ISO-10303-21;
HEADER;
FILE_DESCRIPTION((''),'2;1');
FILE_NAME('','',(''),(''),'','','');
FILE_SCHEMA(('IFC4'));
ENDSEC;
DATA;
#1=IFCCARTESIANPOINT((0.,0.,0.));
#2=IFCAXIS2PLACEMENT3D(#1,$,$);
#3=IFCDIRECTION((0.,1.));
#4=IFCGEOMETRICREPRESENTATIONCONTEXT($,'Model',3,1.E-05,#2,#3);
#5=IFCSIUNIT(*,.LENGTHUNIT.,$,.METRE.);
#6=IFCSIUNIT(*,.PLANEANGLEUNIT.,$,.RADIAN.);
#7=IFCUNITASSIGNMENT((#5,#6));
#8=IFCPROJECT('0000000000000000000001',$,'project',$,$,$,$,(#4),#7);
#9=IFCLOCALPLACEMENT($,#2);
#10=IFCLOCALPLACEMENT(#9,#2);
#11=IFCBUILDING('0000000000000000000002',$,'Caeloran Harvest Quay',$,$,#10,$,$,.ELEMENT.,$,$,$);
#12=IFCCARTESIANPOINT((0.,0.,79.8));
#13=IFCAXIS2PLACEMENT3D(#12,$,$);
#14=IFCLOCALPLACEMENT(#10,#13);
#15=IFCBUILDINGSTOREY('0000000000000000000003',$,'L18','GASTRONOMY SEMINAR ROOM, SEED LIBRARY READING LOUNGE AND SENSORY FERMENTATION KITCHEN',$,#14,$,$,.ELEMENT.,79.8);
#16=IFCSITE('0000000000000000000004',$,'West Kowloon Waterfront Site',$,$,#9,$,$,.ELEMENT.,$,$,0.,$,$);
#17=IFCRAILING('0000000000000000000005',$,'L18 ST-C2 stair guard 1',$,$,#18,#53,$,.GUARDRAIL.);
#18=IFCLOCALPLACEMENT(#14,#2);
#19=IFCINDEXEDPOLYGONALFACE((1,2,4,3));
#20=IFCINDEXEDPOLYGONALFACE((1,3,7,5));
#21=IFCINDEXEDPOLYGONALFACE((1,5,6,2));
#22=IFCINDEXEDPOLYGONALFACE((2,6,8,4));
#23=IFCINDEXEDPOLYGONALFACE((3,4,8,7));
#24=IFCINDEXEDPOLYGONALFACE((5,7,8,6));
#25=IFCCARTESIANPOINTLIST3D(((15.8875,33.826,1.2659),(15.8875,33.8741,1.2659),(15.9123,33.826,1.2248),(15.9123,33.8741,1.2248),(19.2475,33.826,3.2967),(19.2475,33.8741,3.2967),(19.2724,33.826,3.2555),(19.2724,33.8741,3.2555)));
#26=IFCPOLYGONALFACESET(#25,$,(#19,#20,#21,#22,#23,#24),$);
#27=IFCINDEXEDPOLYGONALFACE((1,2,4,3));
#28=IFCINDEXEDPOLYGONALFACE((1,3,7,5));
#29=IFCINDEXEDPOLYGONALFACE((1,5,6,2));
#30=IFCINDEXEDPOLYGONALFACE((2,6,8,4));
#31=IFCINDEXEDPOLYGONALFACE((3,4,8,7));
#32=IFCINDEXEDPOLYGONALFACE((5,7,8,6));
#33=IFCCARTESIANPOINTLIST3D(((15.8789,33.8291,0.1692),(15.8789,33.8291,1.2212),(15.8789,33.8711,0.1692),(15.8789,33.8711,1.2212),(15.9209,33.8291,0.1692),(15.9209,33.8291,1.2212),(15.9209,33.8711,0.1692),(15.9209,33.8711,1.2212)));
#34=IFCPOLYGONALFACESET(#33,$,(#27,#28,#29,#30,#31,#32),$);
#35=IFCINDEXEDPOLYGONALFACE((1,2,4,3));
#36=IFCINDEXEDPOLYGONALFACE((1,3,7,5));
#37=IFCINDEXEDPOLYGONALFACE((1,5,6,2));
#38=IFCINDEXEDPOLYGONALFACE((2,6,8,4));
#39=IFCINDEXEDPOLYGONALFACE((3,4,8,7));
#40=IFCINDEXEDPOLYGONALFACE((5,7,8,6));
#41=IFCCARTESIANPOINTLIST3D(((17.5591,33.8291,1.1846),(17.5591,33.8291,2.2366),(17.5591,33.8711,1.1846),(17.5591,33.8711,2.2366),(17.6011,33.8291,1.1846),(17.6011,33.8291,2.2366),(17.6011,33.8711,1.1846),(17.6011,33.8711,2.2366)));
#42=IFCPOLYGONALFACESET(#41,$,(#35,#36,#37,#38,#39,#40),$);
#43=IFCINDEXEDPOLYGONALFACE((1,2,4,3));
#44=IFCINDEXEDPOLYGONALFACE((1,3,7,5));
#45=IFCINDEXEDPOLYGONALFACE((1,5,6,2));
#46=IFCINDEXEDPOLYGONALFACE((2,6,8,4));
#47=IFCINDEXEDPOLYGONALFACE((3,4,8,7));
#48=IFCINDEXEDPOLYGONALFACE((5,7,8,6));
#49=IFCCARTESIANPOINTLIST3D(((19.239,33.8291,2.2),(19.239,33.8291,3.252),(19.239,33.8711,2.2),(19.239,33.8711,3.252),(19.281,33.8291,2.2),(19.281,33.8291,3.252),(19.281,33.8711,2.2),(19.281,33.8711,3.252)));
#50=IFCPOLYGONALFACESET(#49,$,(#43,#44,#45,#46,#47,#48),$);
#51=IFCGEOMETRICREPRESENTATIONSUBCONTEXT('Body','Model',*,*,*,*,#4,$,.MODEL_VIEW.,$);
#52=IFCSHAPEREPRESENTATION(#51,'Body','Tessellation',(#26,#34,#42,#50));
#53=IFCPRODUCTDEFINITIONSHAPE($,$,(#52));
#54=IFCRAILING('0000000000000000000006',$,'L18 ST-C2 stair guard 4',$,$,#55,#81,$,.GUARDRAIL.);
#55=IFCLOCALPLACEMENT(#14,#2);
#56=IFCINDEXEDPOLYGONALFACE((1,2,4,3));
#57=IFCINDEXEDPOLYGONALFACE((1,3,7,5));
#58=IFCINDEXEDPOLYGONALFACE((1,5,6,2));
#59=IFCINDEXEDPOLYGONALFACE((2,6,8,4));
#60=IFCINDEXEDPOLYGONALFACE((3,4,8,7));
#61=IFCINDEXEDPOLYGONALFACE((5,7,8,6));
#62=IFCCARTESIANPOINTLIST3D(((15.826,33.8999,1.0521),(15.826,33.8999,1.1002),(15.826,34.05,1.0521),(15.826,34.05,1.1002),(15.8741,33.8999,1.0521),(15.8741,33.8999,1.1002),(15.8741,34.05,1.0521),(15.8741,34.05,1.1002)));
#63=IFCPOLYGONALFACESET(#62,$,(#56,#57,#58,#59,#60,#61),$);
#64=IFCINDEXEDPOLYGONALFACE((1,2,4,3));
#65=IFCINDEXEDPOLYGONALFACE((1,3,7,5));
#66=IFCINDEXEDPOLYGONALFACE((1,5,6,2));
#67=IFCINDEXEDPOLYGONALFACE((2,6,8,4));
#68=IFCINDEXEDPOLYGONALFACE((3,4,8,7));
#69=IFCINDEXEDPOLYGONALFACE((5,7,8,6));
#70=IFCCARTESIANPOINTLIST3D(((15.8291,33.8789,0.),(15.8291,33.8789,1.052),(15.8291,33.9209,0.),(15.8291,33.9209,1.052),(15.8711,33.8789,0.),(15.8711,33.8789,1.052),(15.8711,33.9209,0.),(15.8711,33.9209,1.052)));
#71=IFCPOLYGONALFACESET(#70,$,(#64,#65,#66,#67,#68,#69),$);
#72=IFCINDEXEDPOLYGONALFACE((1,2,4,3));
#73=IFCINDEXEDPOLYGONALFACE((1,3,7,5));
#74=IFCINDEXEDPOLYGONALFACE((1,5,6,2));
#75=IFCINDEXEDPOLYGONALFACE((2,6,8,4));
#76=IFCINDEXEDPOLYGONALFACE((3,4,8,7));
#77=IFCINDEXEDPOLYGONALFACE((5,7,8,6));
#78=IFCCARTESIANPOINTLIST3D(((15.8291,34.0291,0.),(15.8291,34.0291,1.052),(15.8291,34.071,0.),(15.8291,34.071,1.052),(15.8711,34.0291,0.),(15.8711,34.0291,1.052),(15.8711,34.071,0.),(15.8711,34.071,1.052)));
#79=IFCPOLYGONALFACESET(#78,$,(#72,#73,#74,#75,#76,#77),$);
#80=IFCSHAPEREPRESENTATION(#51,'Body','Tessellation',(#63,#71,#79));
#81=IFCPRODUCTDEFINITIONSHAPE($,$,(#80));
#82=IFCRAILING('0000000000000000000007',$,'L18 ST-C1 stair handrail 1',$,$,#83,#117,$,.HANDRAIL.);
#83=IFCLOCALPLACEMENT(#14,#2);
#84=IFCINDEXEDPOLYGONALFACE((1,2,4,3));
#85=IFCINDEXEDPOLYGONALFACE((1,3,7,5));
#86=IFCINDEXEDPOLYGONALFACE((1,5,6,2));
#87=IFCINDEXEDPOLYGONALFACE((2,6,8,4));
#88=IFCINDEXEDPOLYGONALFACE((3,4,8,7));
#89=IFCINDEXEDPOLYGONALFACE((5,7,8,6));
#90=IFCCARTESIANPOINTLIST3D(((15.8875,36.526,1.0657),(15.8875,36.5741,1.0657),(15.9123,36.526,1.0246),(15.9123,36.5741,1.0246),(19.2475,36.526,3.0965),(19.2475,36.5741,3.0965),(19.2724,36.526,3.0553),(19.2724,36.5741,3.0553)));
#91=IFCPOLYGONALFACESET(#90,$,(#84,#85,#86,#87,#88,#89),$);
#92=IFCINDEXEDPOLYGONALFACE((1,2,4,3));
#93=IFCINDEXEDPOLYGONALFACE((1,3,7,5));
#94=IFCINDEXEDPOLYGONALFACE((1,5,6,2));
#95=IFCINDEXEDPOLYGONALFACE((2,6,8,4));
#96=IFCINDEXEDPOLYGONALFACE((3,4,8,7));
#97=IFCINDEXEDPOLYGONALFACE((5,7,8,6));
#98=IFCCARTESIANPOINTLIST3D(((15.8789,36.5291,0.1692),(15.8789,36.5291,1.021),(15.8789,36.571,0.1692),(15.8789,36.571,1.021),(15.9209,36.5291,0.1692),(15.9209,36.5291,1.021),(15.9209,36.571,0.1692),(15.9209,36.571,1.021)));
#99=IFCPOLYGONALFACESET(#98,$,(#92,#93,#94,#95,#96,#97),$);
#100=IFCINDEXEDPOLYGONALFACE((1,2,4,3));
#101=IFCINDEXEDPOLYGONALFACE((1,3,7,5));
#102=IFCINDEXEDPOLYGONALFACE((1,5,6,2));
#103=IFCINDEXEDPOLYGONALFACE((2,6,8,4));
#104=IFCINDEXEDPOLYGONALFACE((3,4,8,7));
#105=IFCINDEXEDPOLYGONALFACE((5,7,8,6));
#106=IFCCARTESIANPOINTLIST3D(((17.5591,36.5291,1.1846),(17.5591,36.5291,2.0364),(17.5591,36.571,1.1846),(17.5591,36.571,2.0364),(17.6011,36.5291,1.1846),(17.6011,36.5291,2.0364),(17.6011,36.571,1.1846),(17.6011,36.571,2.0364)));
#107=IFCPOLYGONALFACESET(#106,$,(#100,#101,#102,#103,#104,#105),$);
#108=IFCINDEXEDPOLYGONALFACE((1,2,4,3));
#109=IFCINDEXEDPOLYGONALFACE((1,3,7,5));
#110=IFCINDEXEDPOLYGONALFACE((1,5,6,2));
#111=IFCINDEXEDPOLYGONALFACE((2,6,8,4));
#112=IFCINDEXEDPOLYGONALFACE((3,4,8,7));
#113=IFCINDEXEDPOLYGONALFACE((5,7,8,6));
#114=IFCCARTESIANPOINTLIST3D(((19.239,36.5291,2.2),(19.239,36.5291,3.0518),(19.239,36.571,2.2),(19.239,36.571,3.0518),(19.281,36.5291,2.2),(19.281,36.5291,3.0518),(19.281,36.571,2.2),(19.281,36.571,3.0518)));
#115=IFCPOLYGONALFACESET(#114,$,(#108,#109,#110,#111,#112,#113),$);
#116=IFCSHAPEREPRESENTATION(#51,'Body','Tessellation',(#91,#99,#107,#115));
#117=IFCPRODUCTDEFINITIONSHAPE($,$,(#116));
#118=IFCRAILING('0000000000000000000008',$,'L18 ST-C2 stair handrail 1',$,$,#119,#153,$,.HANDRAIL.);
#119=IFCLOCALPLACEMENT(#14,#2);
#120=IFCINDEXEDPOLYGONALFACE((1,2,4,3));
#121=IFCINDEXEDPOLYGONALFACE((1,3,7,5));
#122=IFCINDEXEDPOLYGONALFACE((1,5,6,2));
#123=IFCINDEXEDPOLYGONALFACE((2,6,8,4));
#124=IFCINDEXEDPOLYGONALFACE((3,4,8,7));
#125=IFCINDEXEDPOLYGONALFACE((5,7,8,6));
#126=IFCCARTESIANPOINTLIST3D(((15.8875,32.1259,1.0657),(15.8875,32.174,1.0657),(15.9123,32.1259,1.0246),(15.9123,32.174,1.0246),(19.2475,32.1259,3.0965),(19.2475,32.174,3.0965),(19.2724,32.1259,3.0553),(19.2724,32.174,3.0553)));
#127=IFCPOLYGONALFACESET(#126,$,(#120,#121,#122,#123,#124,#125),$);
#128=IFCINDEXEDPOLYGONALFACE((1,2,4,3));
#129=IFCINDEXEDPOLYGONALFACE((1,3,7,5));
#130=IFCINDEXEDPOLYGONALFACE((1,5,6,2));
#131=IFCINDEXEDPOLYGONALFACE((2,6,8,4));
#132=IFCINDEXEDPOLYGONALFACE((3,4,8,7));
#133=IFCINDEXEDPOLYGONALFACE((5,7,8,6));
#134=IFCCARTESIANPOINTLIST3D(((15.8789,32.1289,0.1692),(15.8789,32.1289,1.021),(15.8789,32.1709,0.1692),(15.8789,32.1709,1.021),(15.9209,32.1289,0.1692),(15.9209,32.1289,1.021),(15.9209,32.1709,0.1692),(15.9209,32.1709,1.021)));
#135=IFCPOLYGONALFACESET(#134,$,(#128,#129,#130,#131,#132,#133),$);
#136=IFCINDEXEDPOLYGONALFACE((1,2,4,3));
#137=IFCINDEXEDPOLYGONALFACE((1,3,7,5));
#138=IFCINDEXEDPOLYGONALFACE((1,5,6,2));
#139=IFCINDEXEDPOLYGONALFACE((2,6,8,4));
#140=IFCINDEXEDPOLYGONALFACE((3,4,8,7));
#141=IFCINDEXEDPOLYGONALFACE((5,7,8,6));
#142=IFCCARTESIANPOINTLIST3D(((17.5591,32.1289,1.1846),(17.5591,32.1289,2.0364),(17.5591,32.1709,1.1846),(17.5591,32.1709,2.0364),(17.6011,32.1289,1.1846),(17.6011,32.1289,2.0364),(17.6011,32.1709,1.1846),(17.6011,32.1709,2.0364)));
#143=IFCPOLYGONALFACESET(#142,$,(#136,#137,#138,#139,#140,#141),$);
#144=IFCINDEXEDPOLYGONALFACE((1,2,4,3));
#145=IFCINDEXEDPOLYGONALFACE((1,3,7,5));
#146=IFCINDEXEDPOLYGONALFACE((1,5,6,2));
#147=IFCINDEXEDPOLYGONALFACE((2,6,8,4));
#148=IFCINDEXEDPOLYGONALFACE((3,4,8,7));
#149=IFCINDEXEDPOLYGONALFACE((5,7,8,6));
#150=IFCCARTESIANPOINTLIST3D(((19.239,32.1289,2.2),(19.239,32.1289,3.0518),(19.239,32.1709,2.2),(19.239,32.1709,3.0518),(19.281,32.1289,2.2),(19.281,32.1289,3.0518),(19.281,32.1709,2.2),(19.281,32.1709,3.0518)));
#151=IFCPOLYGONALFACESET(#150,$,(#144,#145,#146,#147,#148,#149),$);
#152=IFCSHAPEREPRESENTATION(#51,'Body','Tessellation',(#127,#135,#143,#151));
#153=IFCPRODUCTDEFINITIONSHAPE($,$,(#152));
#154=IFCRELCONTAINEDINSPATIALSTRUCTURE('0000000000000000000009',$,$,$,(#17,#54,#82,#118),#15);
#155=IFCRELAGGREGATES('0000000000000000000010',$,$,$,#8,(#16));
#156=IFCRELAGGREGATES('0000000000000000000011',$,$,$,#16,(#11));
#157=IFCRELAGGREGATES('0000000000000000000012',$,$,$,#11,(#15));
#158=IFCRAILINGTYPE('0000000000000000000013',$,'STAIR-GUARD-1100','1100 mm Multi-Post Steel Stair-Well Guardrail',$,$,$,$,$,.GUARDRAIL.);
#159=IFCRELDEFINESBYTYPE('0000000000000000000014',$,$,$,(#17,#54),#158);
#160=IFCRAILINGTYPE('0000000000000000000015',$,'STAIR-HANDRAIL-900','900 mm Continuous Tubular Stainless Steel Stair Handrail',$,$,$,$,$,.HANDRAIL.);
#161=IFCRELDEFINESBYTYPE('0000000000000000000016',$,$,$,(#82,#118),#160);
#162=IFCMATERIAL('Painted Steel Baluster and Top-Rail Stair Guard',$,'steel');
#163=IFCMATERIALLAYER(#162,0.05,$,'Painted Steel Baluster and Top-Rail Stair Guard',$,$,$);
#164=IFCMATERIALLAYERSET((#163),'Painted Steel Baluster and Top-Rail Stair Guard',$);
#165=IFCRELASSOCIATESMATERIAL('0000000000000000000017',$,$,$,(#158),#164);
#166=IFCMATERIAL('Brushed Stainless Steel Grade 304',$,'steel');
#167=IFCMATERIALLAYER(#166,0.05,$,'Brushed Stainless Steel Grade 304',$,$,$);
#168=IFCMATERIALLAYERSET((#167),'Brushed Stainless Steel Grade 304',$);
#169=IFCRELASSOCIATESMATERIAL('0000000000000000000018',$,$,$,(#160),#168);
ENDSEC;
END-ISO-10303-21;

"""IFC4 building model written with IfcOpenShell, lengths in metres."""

from ifc_helpers import new_model, si_unit, direction, frame, origin, origin_2d, place, context, subcontext, project, spatial, rectangle, extrude, material, layer, layer_set, type_object, element, save


model = new_model("IFC4")

# Units and contexts
model_context = context("Model", 3, precision=1e-05, world=origin(), true_north=direction((0.0, 1.0)))
body_context = subcontext(model_context, "Body", "Model", "MODEL_VIEW")
ifc_project = project(units=[si_unit("LENGTHUNIT", "METRE"), si_unit("PLANEANGLEUNIT", "RADIAN")], contexts=[model_context])

# Site, building, storey
site_placement = place(None, origin())
site = spatial("IfcSite", under=ifc_project, at=site_placement, Name="West Kowloon Waterfront Site", CompositionType="ELEMENT", RefElevation=0.0)
building_placement = place(site_placement, origin())
building = spatial("IfcBuilding", under=site, at=building_placement, Name="Caeloran Harvest Quay", CompositionType="ELEMENT")
storey_placement = place(building_placement, frame((0.0, 0.0, 79.8)))
storey = spatial("IfcBuildingStorey", under=building, at=storey_placement, Name="L18", Description="GASTRONOMY SEMINAR ROOM, SEED LIBRARY READING LOUNGE AND SENSORY FERMENTATION KITCHEN", CompositionType="ELEMENT", Elevation=79.8)

# Railings
ifc_material_1 = material(Name="Painted Steel Baluster and Top-Rail Stair Guard", Category="steel")
ifc_layer_1 = layer(ifc_material_1, 0.05, Name="Painted Steel Baluster and Top-Rail Stair Guard")
ifc_layer_set_1 = layer_set([ifc_layer_1], Name="Painted Steel Baluster and Top-Rail Stair Guard")
railing_type_1 = type_object("IfcRailingType", Name="STAIR-GUARD-1100", Description="1100 mm Multi-Post Steel Stair-Well Guardrail", PredefinedType="GUARDRAIL", material=ifc_layer_set_1)
railing_1_placement = place(storey_placement, frame((15.8999, 33.8501, 0.1692)))
element("IfcRailing", 1, at=railing_1_placement, inside=storey, type_object=railing_type_1, Name="L18 ST-C2 stair guard 1", PredefinedType="GUARDRAIL", context=body_context, shape_type="SweptSolid", body=[
    extrude(rectangle(XDim=0.0481, YDim=0.0481, at=origin_2d()), frame((0.0, 0.0, 1.0762), z_axis=(0.855837, 0.0, 0.517246), x_axis=(0.0, 1.0, 0.0)), (0.0, 0.0, 1.0), 3.926),
    extrude(rectangle(XDim=0.042, YDim=0.042, at=origin_2d()), origin(), (0.0, 0.0, 1.0), 1.052),
    extrude(rectangle(XDim=0.042, YDim=0.042, at=origin_2d()), frame((1.6802, 0.0, 1.0154)), (0.0, 0.0, 1.0), 1.052),
    extrude(rectangle(XDim=0.042, YDim=0.042, at=origin_2d()), frame((3.3601, 0.0, 2.0308)), (0.0, 0.0, 1.0), 1.052),
])
railing_2_placement = place(storey_placement, frame((15.8501, 33.8999, 0.0)))
element("IfcRailing", 2, at=railing_2_placement, inside=storey, type_object=railing_type_1, Name="L18 ST-C2 stair guard 4", PredefinedType="GUARDRAIL", context=body_context, shape_type="SweptSolid", body=[
    extrude(rectangle(XDim=0.0481, YDim=0.0481, at=origin_2d()), frame((0.0, 0.0, 1.0762), z_axis=(0.0, 1.0, 0.0), x_axis=(-1.0, 0.0, 0.0)), (0.0, 0.0, 1.0), 0.1501),
    extrude(rectangle(XDim=0.042, YDim=0.042, at=origin_2d()), origin(), (0.0, 0.0, 1.0), 1.052),
    extrude(rectangle(XDim=0.042, YDim=0.042, at=origin_2d()), frame((0.0, 0.1501, 0.0)), (0.0, 0.0, 1.0), 1.052),
])
ifc_material_2 = material(Name="Brushed Stainless Steel Grade 304", Category="steel")
ifc_layer_2 = layer(ifc_material_2, 0.05, Name="Brushed Stainless Steel Grade 304")
ifc_layer_set_2 = layer_set([ifc_layer_2], Name="Brushed Stainless Steel Grade 304")
railing_type_2 = type_object("IfcRailingType", Name="STAIR-HANDRAIL-900", Description="900 mm Continuous Tubular Stainless Steel Stair Handrail", PredefinedType="HANDRAIL", material=ifc_layer_set_2)
for number, where, name in (
    (3, (15.8999, 36.55, 0.1692), "L18 ST-C1 stair handrail 1"),
    (4, (15.8999, 32.1499, 0.1692), "L18 ST-C2 stair handrail 1"),
):
    element("IfcRailing", number, at=place(storey_placement, frame(where)), inside=storey, type_object=railing_type_2, Name=name, PredefinedType="HANDRAIL", context=body_context, shape_type="SweptSolid", body=[
        extrude(rectangle(XDim=0.0481, YDim=0.0481, at=origin_2d()), frame((0.0, 0.0, 0.876), z_axis=(0.855837, 0.0, 0.517246), x_axis=(0.0, 1.0, 0.0)), (0.0, 0.0, 1.0), 3.926),
        extrude(rectangle(XDim=0.042, YDim=0.042, at=origin_2d()), origin(), (0.0, 0.0, 1.0), 0.8518),
        extrude(rectangle(XDim=0.042, YDim=0.042, at=origin_2d()), frame((1.6802, 0.0, 1.0154)), (0.0, 0.0, 1.0), 0.8518),
        extrude(rectangle(XDim=0.042, YDim=0.042, at=origin_2d()), frame((3.3601, 0.0, 2.0308)), (0.0, 0.0, 1.0), 0.8518),
    ])

save(model, "model.ifc")
